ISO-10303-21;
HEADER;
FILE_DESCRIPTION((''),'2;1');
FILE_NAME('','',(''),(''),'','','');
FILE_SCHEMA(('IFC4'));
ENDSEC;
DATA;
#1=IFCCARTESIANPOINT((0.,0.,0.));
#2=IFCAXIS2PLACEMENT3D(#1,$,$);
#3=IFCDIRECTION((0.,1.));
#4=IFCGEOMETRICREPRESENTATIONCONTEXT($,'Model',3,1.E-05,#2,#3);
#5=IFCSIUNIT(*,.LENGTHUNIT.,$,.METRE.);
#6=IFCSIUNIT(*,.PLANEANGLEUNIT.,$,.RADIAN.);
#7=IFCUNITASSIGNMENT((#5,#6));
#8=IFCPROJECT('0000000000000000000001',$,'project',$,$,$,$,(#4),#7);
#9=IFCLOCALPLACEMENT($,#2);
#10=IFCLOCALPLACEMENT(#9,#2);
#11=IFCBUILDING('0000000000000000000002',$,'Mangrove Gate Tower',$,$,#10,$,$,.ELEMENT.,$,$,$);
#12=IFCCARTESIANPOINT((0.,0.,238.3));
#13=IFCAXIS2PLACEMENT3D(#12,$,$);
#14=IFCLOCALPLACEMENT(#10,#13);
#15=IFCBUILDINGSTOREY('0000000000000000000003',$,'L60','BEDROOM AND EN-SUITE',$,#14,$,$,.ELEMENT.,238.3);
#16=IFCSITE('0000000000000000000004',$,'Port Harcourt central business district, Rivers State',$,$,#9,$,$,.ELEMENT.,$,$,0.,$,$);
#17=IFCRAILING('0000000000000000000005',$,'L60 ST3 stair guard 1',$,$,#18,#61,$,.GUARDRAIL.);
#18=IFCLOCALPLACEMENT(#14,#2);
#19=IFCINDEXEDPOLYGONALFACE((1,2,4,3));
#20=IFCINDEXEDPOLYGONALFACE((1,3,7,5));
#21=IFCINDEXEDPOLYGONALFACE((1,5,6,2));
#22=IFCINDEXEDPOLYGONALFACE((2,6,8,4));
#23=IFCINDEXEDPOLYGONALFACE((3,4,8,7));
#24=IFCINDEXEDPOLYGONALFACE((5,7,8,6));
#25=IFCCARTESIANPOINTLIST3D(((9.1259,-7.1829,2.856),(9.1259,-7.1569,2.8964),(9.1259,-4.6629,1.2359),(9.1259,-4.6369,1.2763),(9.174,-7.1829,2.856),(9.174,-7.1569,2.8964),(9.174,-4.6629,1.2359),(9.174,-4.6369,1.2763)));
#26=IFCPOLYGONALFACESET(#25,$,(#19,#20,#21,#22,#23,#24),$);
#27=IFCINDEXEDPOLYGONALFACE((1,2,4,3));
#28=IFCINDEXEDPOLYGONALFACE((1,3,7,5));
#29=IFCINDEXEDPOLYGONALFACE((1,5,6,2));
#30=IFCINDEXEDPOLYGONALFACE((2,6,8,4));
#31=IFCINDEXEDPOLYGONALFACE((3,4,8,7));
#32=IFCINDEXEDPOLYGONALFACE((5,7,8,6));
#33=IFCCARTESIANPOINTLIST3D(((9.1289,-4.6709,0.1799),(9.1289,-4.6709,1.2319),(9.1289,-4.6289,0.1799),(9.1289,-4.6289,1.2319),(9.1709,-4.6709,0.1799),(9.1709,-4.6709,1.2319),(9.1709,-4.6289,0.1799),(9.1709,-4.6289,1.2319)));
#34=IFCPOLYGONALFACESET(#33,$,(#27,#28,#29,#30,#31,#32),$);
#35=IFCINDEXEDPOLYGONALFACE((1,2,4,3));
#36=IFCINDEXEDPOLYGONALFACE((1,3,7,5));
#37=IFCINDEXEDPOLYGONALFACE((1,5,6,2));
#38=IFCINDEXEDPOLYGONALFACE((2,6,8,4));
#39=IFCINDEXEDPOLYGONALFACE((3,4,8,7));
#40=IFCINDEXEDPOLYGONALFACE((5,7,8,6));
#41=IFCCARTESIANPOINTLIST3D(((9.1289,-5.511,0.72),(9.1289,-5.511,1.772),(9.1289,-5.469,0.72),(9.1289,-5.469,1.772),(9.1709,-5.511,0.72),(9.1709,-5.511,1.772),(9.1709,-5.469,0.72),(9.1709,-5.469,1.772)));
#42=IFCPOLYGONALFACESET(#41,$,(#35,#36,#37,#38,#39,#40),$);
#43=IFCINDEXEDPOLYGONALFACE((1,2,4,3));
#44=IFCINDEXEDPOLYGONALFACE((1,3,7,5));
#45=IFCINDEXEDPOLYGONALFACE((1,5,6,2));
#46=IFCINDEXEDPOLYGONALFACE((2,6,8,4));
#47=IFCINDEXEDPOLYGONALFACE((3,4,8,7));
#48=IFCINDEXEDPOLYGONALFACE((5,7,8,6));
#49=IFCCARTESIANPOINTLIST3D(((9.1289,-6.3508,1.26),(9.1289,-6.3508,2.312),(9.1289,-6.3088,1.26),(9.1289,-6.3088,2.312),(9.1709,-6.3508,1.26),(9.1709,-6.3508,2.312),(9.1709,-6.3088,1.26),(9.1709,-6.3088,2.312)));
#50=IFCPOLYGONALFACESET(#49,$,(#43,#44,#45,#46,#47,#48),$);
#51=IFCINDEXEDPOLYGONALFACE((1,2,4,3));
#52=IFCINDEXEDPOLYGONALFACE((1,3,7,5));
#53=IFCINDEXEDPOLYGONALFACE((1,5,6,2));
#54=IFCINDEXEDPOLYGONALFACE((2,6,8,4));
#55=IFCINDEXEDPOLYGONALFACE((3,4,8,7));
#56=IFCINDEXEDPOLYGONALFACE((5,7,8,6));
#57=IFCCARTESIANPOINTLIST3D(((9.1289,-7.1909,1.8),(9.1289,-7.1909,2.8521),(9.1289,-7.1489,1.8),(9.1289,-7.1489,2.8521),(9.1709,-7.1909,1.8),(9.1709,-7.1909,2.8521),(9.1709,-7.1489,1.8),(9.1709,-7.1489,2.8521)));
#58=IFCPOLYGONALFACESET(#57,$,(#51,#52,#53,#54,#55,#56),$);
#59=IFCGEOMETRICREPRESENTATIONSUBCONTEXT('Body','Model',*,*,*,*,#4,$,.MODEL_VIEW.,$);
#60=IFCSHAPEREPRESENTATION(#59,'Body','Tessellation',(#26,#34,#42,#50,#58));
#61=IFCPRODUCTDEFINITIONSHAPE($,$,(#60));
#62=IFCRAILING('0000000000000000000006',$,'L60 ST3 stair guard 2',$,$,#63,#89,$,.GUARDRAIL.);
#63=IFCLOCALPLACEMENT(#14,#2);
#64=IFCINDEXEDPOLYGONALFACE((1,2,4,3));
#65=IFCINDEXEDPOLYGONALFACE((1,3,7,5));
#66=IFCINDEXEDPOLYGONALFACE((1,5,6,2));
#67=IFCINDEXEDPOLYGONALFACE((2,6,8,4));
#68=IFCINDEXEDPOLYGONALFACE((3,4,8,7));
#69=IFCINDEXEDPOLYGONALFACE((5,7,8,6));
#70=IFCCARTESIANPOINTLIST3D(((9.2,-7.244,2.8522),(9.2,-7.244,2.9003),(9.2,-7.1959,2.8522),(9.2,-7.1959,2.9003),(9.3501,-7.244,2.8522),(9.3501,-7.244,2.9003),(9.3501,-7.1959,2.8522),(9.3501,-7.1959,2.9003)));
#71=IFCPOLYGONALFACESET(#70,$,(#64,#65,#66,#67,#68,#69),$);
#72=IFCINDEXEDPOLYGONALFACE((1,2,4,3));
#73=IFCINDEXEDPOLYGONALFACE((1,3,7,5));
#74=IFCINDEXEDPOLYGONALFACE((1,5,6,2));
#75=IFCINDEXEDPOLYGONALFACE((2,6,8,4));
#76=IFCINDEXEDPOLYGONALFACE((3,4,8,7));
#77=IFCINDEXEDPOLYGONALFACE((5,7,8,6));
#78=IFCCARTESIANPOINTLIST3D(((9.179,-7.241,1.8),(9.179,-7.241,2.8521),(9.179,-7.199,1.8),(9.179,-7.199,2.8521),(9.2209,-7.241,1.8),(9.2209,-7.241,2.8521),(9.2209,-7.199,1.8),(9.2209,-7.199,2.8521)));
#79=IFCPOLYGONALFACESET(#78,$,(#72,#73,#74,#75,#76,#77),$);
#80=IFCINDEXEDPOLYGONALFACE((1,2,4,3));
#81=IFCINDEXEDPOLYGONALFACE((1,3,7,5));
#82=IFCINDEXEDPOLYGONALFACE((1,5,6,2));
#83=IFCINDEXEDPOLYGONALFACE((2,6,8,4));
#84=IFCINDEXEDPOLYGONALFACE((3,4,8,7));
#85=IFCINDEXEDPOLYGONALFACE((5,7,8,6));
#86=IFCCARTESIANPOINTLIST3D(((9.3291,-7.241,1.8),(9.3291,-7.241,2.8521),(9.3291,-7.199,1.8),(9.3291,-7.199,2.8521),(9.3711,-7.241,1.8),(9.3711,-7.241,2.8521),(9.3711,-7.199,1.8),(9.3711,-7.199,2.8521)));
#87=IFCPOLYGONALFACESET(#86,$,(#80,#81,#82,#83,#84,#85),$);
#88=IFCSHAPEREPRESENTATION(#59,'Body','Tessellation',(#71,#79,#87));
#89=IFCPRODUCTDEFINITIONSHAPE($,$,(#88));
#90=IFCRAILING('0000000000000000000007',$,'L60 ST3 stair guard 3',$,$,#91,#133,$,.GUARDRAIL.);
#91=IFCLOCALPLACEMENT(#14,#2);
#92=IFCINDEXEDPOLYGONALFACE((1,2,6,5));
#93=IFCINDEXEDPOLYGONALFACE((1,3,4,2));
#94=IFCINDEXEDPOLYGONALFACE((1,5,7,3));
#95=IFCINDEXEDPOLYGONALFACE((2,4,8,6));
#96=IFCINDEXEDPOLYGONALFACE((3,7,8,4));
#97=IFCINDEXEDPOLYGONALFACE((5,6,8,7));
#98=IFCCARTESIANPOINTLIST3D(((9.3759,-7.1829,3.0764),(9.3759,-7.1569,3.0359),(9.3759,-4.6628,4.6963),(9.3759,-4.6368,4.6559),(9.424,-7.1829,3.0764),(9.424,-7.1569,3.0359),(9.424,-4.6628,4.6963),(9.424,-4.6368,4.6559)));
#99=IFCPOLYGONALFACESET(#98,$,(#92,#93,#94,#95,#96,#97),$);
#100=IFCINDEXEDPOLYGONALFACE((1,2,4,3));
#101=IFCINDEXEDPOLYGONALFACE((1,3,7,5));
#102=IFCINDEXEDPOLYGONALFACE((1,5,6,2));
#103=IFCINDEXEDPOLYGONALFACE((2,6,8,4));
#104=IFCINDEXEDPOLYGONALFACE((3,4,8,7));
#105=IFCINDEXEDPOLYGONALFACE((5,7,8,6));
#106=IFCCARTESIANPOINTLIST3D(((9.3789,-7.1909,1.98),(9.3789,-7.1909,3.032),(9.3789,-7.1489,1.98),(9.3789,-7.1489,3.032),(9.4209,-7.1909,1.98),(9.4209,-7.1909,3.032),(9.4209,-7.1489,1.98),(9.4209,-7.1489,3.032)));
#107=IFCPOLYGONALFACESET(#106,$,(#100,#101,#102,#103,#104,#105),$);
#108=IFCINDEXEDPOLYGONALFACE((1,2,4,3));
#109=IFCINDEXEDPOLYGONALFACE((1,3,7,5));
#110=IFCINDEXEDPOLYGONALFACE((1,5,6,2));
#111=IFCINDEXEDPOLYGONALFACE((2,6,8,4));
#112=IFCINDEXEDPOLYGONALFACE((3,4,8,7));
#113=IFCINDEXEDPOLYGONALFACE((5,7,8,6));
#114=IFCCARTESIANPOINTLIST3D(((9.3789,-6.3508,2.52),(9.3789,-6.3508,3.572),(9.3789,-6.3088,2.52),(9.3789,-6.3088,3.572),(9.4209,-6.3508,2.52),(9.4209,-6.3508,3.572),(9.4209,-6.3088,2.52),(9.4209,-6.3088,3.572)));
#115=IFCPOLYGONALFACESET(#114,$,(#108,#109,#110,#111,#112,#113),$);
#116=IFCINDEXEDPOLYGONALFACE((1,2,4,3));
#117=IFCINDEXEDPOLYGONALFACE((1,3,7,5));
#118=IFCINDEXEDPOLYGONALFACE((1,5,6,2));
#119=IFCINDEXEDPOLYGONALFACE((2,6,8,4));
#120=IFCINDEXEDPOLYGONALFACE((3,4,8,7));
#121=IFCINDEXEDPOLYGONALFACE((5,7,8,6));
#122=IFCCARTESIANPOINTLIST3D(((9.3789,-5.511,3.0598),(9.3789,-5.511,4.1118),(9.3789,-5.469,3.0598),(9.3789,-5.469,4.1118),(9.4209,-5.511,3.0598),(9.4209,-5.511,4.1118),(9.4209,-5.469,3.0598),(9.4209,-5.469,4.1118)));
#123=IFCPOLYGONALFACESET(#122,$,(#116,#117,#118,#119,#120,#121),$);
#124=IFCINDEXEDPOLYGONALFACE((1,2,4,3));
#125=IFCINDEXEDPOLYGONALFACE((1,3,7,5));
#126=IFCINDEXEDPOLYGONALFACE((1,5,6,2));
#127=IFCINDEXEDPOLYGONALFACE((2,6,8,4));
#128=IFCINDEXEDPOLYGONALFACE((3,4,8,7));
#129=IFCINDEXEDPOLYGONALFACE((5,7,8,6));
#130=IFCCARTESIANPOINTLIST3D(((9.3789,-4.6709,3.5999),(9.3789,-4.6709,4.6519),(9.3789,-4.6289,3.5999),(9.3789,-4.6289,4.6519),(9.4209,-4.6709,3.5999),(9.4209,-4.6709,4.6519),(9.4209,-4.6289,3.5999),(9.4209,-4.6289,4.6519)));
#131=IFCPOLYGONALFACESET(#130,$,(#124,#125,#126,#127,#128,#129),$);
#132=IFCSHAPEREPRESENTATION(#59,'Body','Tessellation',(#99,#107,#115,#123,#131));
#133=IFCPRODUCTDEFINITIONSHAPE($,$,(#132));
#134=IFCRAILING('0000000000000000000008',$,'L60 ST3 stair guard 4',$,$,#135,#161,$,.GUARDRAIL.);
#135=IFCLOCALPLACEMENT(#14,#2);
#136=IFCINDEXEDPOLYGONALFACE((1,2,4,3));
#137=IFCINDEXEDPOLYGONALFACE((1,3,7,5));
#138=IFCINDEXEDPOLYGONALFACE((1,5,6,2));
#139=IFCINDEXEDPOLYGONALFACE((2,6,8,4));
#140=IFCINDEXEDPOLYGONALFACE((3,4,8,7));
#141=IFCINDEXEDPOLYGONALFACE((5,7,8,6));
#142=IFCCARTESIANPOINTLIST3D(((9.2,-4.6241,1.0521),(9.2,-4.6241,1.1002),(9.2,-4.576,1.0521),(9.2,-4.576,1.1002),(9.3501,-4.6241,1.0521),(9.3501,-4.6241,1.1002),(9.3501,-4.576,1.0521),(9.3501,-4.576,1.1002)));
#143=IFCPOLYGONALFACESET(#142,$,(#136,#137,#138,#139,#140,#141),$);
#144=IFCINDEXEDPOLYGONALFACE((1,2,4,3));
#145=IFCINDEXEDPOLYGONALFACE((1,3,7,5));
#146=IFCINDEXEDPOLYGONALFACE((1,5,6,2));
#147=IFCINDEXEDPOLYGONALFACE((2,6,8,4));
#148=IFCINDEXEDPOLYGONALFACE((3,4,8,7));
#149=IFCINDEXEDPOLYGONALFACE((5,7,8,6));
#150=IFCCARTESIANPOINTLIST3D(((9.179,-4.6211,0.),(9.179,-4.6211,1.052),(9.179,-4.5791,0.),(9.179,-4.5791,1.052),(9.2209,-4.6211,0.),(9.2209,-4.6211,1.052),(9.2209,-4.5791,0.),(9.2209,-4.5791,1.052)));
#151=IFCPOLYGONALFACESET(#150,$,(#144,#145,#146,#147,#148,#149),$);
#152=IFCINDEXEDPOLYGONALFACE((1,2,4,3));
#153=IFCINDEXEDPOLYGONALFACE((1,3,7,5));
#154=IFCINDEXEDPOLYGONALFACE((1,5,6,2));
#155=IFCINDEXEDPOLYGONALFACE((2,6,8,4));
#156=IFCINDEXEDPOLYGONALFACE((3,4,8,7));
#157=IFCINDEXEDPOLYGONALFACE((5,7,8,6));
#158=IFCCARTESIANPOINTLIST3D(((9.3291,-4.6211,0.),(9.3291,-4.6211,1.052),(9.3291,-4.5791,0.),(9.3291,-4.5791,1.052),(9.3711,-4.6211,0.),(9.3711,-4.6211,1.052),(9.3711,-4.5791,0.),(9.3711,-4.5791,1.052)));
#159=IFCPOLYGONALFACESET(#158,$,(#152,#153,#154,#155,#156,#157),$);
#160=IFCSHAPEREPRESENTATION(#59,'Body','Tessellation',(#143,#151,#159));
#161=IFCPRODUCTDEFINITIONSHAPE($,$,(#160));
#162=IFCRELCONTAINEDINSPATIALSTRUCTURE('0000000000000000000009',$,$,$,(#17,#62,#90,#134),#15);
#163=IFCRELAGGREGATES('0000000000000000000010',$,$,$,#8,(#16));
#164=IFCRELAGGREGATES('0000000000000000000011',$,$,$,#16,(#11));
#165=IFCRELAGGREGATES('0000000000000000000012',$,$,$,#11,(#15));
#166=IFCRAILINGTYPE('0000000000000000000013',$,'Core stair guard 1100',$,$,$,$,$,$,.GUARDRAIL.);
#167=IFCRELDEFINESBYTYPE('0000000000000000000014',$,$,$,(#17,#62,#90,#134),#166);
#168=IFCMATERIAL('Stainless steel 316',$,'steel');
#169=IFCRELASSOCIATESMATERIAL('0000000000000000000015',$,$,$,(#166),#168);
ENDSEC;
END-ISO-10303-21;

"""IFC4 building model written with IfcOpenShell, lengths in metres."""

from ifc_helpers import new_model, si_unit, direction, frame, origin, origin_2d, place, context, subcontext, project, spatial, rectangle, extrude, material, type_object, element, save


model = new_model("IFC4")

# Units and contexts
model_context = context("Model", 3, precision=1e-05, world=origin(), true_north=direction((0.0, 1.0)))
body_context = subcontext(model_context, "Body", "Model", "MODEL_VIEW")
ifc_project = project(units=[si_unit("LENGTHUNIT", "METRE"), si_unit("PLANEANGLEUNIT", "RADIAN")], contexts=[model_context])

# Site, building, storey
site_placement = place(None, origin())
site = spatial("IfcSite", under=ifc_project, at=site_placement, Name="Port Harcourt central business district, Rivers State", CompositionType="ELEMENT", RefElevation=0.0)
building_placement = place(site_placement, origin())
building = spatial("IfcBuilding", under=site, at=building_placement, Name="Mangrove Gate Tower", CompositionType="ELEMENT")
storey_placement = place(building_placement, frame((0.0, 0.0, 238.3)))
storey = spatial("IfcBuildingStorey", under=building, at=storey_placement, Name="L60", Description="BEDROOM AND EN-SUITE", CompositionType="ELEMENT", Elevation=238.3)

# Railings
ifc_material_1 = material(Name="Stainless steel 316", Category="steel")
railing_type_1 = type_object("IfcRailingType", Name="Core stair guard 1100", PredefinedType="GUARDRAIL", material=ifc_material_1)
railing_1_placement = place(storey_placement, frame((9.1499, -4.6499, 0.1799)))
element("IfcRailing", 1, at=railing_1_placement, inside=storey, type_object=railing_type_1, Name="L60 ST3 stair guard 1", PredefinedType="GUARDRAIL", context=body_context, shape_type="SweptSolid", body=[
    extrude(rectangle(XDim=0.0481, YDim=0.0481, at=origin_2d()), frame((0.0, 0.0, 1.0762), z_axis=(0.0, -0.841163, 0.540782), x_axis=(1.0, 0.0, 0.0)), (0.0, 0.0, 1.0), 2.9958),
    extrude(rectangle(XDim=0.042, YDim=0.042, at=origin_2d()), origin(), (0.0, 0.0, 1.0), 1.052),
    extrude(rectangle(XDim=0.042, YDim=0.042, at=origin_2d()), frame((0.0, -0.8401, 0.54)), (0.0, 0.0, 1.0), 1.052),
    extrude(rectangle(XDim=0.042, YDim=0.042, at=origin_2d()), frame((0.0, -1.6799, 1.0801)), (0.0, 0.0, 1.0), 1.052),
    extrude(rectangle(XDim=0.042, YDim=0.042, at=origin_2d()), frame((0.0, -2.52, 1.6201)), (0.0, 0.0, 1.0), 1.052),
])
railing_2_placement = place(storey_placement, frame((9.2, -7.22, 1.8)))
element("IfcRailing", 2, at=railing_2_placement, inside=storey, type_object=railing_type_1, Name="L60 ST3 stair guard 2", PredefinedType="GUARDRAIL", context=body_context, shape_type="SweptSolid", body=[
    extrude(rectangle(XDim=0.0481, YDim=0.0481, at=origin_2d()), frame((0.0, 0.0, 1.0762), z_axis=(1.0, 0.0, 0.0), x_axis=(0.0, 1.0, 0.0)), (0.0, 0.0, 1.0), 0.1501),
    extrude(rectangle(XDim=0.042, YDim=0.042, at=origin_2d()), origin(), (0.0, 0.0, 1.0), 1.052),
    extrude(rectangle(XDim=0.042, YDim=0.042, at=origin_2d()), frame((0.1501, 0.0, 0.0)), (0.0, 0.0, 1.0), 1.052),
])
railing_3_placement = place(storey_placement, frame((9.3999, -7.1699, 1.98)))
element("IfcRailing", 3, at=railing_3_placement, inside=storey, type_object=railing_type_1, Name="L60 ST3 stair guard 3", PredefinedType="GUARDRAIL", context=body_context, shape_type="SweptSolid", body=[
    extrude(rectangle(XDim=0.0481, YDim=0.0481, at=origin_2d()), frame((0.0, 0.0, 1.0762), z_axis=(0.0, 0.8412, 0.540725), x_axis=(-1.0, 0.0, 0.0)), (0.0, 0.0, 1.0), 2.9958),
    extrude(rectangle(XDim=0.042, YDim=0.042, at=origin_2d()), origin(), (0.0, 0.0, 1.0), 1.052),
    extrude(rectangle(XDim=0.042, YDim=0.042, at=origin_2d()), frame((0.0, 0.8401, 0.54)), (0.0, 0.0, 1.0), 1.052),
    extrude(rectangle(XDim=0.042, YDim=0.042, at=origin_2d()), frame((0.0, 1.6799, 1.0798)), (0.0, 0.0, 1.0), 1.052),
    extrude(rectangle(XDim=0.042, YDim=0.042, at=origin_2d()), frame((0.0, 2.52, 1.6199)), (0.0, 0.0, 1.0), 1.052),
])
railing_4_placement = place(storey_placement, frame((9.2, -4.6001, 0.0)))
element("IfcRailing", 4, at=railing_4_placement, inside=storey, type_object=railing_type_1, Name="L60 ST3 stair guard 4", PredefinedType="GUARDRAIL", context=body_context, shape_type="SweptSolid", body=[
    extrude(rectangle(XDim=0.0481, YDim=0.0481, at=origin_2d()), frame((0.0, 0.0, 1.0762), z_axis=(1.0, 0.0, 0.0), x_axis=(0.0, 1.0, 0.0)), (0.0, 0.0, 1.0), 0.1501),
    extrude(rectangle(XDim=0.042, YDim=0.042, at=origin_2d()), origin(), (0.0, 0.0, 1.0), 1.052),
    extrude(rectangle(XDim=0.042, YDim=0.042, at=origin_2d()), frame((0.1501, 0.0, 0.0)), (0.0, 0.0, 1.0), 1.052),
])

save(model, "model.ifc")
